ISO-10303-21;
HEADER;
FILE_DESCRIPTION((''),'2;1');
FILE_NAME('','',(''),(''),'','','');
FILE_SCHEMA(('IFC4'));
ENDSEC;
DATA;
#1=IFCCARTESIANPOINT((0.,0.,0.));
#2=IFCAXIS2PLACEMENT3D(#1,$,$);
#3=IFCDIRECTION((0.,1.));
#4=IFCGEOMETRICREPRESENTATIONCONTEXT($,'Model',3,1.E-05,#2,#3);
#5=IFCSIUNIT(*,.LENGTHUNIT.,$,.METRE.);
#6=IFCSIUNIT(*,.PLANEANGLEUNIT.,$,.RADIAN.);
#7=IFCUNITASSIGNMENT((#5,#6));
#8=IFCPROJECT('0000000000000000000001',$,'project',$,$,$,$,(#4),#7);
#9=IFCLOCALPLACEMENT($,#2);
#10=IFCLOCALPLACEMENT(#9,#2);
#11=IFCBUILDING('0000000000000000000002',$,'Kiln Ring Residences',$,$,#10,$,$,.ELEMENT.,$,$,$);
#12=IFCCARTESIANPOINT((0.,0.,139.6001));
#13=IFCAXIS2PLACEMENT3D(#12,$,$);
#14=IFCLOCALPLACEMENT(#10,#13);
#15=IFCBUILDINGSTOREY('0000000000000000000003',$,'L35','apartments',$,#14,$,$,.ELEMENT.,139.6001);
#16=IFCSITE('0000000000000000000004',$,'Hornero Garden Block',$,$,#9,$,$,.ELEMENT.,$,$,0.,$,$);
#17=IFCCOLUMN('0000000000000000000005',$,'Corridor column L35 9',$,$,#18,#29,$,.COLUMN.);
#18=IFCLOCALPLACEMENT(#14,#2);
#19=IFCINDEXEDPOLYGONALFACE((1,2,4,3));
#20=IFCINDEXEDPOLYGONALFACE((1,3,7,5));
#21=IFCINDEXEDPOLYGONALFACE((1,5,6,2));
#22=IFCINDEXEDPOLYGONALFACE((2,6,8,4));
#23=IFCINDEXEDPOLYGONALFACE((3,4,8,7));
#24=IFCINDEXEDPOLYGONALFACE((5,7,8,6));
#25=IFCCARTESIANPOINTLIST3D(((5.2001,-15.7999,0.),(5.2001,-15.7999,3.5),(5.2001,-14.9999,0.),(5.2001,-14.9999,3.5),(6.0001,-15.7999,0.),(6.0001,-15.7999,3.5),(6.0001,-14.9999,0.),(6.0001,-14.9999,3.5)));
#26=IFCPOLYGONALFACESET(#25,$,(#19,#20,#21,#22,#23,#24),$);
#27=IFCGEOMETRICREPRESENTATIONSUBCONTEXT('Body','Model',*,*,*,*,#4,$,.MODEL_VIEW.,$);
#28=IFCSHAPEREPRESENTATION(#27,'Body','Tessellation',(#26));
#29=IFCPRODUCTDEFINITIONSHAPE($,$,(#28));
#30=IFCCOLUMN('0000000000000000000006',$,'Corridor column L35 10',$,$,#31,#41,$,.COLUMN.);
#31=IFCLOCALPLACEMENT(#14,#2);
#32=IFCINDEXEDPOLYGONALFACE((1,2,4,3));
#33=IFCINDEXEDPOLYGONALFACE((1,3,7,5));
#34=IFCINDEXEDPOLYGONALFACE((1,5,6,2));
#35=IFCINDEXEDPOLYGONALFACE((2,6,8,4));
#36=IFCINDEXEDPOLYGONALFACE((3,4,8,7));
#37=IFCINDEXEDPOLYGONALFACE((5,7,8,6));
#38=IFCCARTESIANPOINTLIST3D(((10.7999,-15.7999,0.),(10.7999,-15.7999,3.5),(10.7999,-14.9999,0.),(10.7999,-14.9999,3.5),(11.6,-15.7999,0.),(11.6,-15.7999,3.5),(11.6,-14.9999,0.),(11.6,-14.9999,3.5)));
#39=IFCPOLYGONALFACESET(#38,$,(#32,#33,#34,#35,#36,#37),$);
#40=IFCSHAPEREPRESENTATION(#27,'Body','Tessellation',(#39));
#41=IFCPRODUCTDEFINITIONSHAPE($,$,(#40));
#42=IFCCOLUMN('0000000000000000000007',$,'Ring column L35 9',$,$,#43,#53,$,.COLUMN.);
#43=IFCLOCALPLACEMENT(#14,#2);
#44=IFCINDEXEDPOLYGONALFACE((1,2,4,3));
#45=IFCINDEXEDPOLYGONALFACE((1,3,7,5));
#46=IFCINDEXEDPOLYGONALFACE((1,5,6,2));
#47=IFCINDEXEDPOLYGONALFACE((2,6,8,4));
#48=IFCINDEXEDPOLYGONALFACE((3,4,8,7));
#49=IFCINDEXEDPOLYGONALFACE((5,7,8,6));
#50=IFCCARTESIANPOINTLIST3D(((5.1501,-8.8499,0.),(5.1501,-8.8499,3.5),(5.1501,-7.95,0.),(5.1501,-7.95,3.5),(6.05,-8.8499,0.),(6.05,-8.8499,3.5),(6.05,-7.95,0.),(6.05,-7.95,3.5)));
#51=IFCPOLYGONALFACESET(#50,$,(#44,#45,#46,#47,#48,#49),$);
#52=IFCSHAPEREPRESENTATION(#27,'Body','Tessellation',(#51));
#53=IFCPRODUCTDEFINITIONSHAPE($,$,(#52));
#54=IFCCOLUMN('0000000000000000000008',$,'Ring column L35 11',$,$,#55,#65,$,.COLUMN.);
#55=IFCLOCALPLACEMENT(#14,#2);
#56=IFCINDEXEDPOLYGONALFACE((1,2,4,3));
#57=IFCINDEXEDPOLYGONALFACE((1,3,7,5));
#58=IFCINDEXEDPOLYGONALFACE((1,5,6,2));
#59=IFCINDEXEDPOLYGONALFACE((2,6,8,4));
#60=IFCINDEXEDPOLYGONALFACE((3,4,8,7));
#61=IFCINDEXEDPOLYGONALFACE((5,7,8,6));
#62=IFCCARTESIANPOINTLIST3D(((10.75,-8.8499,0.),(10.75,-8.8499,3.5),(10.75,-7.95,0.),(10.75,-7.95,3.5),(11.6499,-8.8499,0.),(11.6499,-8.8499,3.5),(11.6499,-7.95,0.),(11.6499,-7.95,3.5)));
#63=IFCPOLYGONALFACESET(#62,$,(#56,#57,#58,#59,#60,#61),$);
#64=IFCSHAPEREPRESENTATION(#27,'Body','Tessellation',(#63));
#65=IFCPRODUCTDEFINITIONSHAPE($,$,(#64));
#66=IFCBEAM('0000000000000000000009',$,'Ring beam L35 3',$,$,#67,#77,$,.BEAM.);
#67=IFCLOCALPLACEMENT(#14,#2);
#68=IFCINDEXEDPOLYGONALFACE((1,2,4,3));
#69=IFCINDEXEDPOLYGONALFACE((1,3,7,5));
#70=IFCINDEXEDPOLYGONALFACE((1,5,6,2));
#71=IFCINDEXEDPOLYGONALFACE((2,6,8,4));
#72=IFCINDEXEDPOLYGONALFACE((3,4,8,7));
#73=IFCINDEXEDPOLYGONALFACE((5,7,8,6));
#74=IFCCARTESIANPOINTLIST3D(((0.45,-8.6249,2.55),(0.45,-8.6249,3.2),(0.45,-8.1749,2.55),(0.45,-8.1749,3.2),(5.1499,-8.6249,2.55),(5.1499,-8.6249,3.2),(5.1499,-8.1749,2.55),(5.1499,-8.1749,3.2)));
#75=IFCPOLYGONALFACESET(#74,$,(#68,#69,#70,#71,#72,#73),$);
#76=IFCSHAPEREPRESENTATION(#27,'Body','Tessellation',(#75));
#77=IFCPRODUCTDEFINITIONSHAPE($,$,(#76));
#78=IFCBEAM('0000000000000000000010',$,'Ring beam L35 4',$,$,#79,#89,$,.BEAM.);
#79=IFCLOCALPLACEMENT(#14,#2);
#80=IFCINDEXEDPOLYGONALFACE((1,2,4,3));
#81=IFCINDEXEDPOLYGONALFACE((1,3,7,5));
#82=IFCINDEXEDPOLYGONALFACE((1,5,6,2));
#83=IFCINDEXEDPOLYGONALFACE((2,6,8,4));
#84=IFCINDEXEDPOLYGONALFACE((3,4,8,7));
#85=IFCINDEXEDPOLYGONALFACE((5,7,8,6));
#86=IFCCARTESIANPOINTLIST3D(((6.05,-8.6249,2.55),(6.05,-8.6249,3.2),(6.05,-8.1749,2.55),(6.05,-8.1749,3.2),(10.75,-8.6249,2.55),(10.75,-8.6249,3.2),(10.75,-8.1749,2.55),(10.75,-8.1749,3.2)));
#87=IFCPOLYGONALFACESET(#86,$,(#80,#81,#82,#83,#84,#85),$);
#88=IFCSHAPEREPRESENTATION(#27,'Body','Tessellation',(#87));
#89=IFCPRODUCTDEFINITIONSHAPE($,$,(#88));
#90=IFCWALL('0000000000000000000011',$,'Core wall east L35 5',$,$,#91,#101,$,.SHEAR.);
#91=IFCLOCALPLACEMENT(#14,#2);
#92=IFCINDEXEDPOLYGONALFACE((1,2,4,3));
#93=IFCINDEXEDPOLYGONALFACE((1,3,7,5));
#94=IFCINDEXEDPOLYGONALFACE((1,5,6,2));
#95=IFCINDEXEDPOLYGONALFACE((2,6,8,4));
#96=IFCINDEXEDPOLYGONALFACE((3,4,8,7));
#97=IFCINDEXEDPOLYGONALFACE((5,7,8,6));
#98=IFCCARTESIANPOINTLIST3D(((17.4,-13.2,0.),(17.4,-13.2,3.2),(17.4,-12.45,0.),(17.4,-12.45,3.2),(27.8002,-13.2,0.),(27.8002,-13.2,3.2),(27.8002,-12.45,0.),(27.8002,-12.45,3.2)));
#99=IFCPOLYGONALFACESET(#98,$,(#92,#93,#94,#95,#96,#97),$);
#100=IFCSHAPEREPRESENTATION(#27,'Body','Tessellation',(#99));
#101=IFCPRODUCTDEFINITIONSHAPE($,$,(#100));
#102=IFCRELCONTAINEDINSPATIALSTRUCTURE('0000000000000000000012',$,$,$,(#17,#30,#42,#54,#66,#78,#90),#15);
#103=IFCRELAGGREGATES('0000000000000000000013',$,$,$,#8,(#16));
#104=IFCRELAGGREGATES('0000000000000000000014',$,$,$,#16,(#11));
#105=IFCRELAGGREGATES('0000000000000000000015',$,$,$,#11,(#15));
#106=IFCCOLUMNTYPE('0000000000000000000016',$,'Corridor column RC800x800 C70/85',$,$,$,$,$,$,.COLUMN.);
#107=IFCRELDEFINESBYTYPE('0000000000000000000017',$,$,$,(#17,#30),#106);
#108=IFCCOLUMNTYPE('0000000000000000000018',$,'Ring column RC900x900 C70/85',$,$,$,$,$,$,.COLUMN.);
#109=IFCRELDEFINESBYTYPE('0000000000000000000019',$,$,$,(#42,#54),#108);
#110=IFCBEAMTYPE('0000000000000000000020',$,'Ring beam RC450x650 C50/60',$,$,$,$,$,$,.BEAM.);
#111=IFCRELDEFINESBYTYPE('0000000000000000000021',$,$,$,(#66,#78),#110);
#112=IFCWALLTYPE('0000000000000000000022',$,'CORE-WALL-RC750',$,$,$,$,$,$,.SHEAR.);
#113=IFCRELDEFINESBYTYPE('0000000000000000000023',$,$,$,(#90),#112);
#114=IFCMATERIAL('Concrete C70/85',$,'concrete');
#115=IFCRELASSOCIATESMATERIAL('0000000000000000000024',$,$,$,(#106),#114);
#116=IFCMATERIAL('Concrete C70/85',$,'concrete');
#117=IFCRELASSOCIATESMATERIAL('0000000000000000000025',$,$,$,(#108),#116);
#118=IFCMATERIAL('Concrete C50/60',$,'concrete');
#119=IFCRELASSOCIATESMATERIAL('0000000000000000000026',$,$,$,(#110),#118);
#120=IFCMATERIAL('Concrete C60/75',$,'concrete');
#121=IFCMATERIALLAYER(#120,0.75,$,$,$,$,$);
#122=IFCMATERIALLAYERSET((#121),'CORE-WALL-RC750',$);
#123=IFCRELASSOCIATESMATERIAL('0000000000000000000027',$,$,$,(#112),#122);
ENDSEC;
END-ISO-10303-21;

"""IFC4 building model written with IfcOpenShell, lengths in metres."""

from ifc_helpers import new_model, si_unit, direction, frame, frame_2d, origin, origin_2d, place, context, subcontext, project, spatial, rectangle, extrude, material, layer, layer_set, material_profile, profile_set, type_object, element, save


model = new_model("IFC4")

# Units and contexts
model_context = context("Model", 3, precision=1e-05, world=origin(), true_north=direction((0.0, 1.0)))
body_context = subcontext(model_context, "Body", "Model", "MODEL_VIEW")
ifc_project = project(units=[si_unit("LENGTHUNIT", "METRE"), si_unit("PLANEANGLEUNIT", "RADIAN")], contexts=[model_context])

# Site, building, storey
site_placement = place(None, origin())
site = spatial("IfcSite", under=ifc_project, at=site_placement, Name="Hornero Garden Block", CompositionType="ELEMENT", RefElevation=0.0)
building_placement = place(site_placement, origin())
building = spatial("IfcBuilding", under=site, at=building_placement, Name="Kiln Ring Residences", CompositionType="ELEMENT")
storey_placement = place(building_placement, frame((0.0, 0.0, 139.6001)))
storey = spatial("IfcBuildingStorey", under=building, at=storey_placement, Name="L35", Description="apartments", CompositionType="ELEMENT", Elevation=139.6001)

# Columns
ifc_material_1 = material(Name="Concrete C70/85", Category="concrete")
ifc_material_profile_1 = material_profile(ifc_material_1, rectangle(XDim=0.8, YDim=0.8, at=origin_2d()), Name="RC800x800")
ifc_profile_set_1 = profile_set([ifc_material_profile_1], Name="Concrete C70/85")
column_type_1 = type_object("IfcColumnType", Name="Corridor column RC800x800 C70/85", PredefinedType="COLUMN", material=ifc_profile_set_1)
for number, where, z_axis, x_axis, name in (
    (1, (5.6001, -15.3999, 0.0), (0.0, 0.0, 1.0), (1.0, 0.0, 0.0), "Corridor column L35 9"),
    (2, (11.2, -15.3999, 0.0), (0.0, 0.0, 1.0), (1.0, 0.0, 0.0), "Corridor column L35 10"),
):
    element("IfcColumn", number, at=place(storey_placement, frame(where, z_axis=z_axis, x_axis=x_axis)), inside=storey, type_object=column_type_1, Name=name, PredefinedType="COLUMN", context=body_context, shape_type="SweptSolid", body=[
        extrude(rectangle(XDim=0.8, YDim=0.8, at=origin_2d()), origin(), (0.0, 0.0, 1.0), 3.5),
    ])
ifc_material_2 = material(Name="Concrete C70/85", Category="concrete")
ifc_material_profile_2 = material_profile(ifc_material_2, rectangle(XDim=0.8999, YDim=0.8999, at=origin_2d()), Name="RC900x900")
ifc_profile_set_2 = profile_set([ifc_material_profile_2], Name="Concrete C70/85")
column_type_2 = type_object("IfcColumnType", Name="Ring column RC900x900 C70/85", PredefinedType="COLUMN", material=ifc_profile_set_2)
for number, where, z_axis, x_axis, name in (
    (3, (5.6001, -8.3999, 0.0), (0.0, 0.0, 1.0), (1.0, 0.0, 0.0), "Ring column L35 9"),
    (4, (11.2, -8.3999, 0.0), (0.0, 0.0, 1.0), (1.0, 0.0, 0.0), "Ring column L35 11"),
):
    element("IfcColumn", number, at=place(storey_placement, frame(where, z_axis=z_axis, x_axis=x_axis)), inside=storey, type_object=column_type_2, Name=name, PredefinedType="COLUMN", context=body_context, shape_type="SweptSolid", body=[
        extrude(rectangle(XDim=0.8999, YDim=0.8999, at=origin_2d()), origin(), (0.0, 0.0, 1.0), 3.5),
    ])

# Beams
ifc_material_3 = material(Name="Concrete C50/60", Category="concrete")
ifc_material_profile_3 = material_profile(ifc_material_3, rectangle(XDim=0.45, YDim=0.6499, at=origin_2d()), Name="RC450x650")
ifc_profile_set_3 = profile_set([ifc_material_profile_3], Name="Concrete C50/60")
beam_type = type_object("IfcBeamType", Name="Ring beam RC450x650 C50/60", PredefinedType="BEAM", material=ifc_profile_set_3)
for number, where, z_axis, x_axis, name in (
    (5, (0.45, -8.3999, 2.875), (1.0, 0.0, 0.0), (0.0, 1.0, 0.0), "Ring beam L35 3"),
    (6, (6.05, -8.3999, 2.875), (1.0, 0.0, 0.0), (0.0, 1.0, 0.0), "Ring beam L35 4"),
):
    element("IfcBeam", number, at=place(storey_placement, frame(where, z_axis=z_axis, x_axis=x_axis)), inside=storey, type_object=beam_type, Name=name, PredefinedType="BEAM", context=body_context, shape_type="SweptSolid", body=[
        extrude(rectangle(XDim=0.45, YDim=0.6499, at=origin_2d()), origin(), (0.0, 0.0, 1.0), 4.7),
    ])

# Wall
ifc_material_4 = material(Name="Concrete C60/75", Category="concrete")
ifc_layer_1 = layer(ifc_material_4, 0.75)
ifc_layer_set_1 = layer_set([ifc_layer_1], Name="CORE-WALL-RC750")
wall_type_1 = type_object("IfcWallType", Name="CORE-WALL-RC750", PredefinedType="SHEAR", material=ifc_layer_set_1)
wall_1_placement = place(storey_placement, frame((17.3999, -12.825, 0.0), z_axis=(0.0, 0.0, 1.0), x_axis=(1.0, 0.0, 0.0)))
element("IfcWall", 7, at=wall_1_placement, inside=storey, type_object=wall_type_1, Name="Core wall east L35 5", PredefinedType="SHEAR", context=body_context, shape_type="SweptSolid", body=[
    extrude(rectangle(XDim=10.4001, YDim=0.75, at=frame_2d((5.2002, 0.0))), origin(), (0.0, 0.0, 1.0), 3.2),
])

save(model, "model.ifc")
